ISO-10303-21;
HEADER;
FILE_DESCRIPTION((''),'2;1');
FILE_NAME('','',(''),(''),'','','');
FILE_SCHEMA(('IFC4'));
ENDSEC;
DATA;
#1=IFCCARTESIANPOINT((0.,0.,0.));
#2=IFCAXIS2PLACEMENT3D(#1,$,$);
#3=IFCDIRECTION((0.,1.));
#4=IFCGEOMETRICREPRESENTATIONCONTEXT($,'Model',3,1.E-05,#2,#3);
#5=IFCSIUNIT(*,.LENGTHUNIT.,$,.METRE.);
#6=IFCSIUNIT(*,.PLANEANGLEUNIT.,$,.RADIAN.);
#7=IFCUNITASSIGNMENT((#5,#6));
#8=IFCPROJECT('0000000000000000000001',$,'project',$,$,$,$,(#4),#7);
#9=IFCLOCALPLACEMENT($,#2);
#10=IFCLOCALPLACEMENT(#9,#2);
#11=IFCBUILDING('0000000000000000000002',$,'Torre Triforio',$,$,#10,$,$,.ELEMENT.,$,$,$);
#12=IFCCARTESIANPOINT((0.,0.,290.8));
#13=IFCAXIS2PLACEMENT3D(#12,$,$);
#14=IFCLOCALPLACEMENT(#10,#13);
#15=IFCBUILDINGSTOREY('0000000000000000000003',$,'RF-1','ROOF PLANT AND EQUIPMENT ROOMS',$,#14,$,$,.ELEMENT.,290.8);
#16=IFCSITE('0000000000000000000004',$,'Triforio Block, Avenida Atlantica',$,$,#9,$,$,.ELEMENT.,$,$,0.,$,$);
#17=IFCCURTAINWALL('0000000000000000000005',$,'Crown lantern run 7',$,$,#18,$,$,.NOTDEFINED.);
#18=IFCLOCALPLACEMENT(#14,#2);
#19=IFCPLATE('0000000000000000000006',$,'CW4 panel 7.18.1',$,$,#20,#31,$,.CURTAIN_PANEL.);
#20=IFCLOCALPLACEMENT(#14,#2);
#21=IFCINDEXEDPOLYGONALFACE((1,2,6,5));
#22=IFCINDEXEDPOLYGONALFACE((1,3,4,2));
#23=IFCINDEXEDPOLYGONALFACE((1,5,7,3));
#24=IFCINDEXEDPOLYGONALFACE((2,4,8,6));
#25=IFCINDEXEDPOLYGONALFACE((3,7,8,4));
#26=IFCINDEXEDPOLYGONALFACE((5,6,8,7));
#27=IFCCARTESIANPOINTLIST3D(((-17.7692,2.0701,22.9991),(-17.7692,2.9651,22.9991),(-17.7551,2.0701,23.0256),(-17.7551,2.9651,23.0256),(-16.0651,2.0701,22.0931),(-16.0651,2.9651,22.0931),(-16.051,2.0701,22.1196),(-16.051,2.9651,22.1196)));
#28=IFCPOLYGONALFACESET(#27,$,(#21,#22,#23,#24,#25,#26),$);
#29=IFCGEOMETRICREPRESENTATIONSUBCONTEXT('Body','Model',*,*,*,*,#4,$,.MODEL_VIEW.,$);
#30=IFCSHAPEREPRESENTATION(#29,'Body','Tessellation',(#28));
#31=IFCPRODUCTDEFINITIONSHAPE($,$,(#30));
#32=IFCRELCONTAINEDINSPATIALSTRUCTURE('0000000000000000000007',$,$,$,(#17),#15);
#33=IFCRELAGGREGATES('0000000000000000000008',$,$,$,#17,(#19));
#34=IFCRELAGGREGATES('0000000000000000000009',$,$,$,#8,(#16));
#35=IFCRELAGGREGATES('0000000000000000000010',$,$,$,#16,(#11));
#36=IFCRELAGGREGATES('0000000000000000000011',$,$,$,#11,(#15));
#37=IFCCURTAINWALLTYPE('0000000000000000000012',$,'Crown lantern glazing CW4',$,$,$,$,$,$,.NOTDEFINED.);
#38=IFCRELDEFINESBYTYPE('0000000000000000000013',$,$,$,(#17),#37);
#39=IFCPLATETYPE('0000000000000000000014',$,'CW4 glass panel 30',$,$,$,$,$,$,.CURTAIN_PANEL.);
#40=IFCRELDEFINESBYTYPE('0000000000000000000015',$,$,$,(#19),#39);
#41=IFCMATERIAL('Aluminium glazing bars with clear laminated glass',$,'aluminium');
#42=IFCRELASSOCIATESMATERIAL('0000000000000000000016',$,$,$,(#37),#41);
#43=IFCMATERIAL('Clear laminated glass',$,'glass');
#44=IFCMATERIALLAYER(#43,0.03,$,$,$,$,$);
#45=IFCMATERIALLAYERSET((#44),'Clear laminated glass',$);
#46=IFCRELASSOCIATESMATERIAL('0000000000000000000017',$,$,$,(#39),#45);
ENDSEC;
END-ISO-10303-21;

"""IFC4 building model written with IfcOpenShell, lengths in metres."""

from ifc_helpers import new_model, si_unit, direction, frame, origin, place, context, subcontext, project, spatial, polyline, outline, extrude, material, layer, layer_set, type_object, element, aggregate, save


model = new_model("IFC4")

# Units and contexts
model_context = context("Model", 3, precision=1e-05, world=origin(), true_north=direction((0.0, 1.0)))
body_context = subcontext(model_context, "Body", "Model", "MODEL_VIEW")
ifc_project = project(units=[si_unit("LENGTHUNIT", "METRE"), si_unit("PLANEANGLEUNIT", "RADIAN")], contexts=[model_context])

# Site, building, storey
site_placement = place(None, origin())
site = spatial("IfcSite", under=ifc_project, at=site_placement, Name="Triforio Block, Avenida Atlantica", CompositionType="ELEMENT", RefElevation=0.0)
building_placement = place(site_placement, origin())
building = spatial("IfcBuilding", under=site, at=building_placement, Name="Torre Triforio", CompositionType="ELEMENT")
storey_placement = place(building_placement, frame((0.0, 0.0, 290.8)))
storey = spatial("IfcBuildingStorey", under=building, at=storey_placement, Name="RF-1", Description="ROOF PLANT AND EQUIPMENT ROOMS", CompositionType="ELEMENT", Elevation=290.8)

# Curtain wall
ifc_material_1 = material(Name="Aluminium glazing bars with clear laminated glass", Category="aluminium")
curtain_wall_type = type_object("IfcCurtainWallType", Name="Crown lantern glazing CW4", PredefinedType="NOTDEFINED", material=ifc_material_1)
curtain_wall_1_placement = place(storey_placement, origin())
curtain_wall_1 = element("IfcCurtainWall", 1, at=curtain_wall_1_placement, inside=storey, type_object=curtain_wall_type, Name="Crown lantern run 7", PredefinedType="NOTDEFINED")

# Plate
ifc_material_2 = material(Name="Clear laminated glass", Category="glass")
ifc_layer = layer(ifc_material_2, 0.03)
ifc_layer_set = layer_set([ifc_layer], Name="Clear laminated glass")
plate_type = type_object("IfcPlateType", Name="CW4 glass panel 30", PredefinedType="CURTAIN_PANEL", material=ifc_layer_set)
plate_1_placement = place(storey_placement, frame((-16.051, 2.0701, 22.1196), z_axis=(0.469439, 0.0, 0.882965), x_axis=(0.0, 1.0, 0.0)))
plate_1 = element("IfcPlate", 2, at=plate_1_placement, type_object=plate_type, Name="CW4 panel 7.18.1", PredefinedType="CURTAIN_PANEL", context=body_context, shape_type="SweptSolid", body=[
    extrude(outline(polyline([(0.0, 0.0), (0.895, 0.0), (0.895, 1.93), (0.0, 1.93), (0.0, 0.0)])), origin(), (0.0, 0.0, -1.0), 0.03),
])
aggregate(curtain_wall_1, [plate_1])

save(model, "model.ifc")
